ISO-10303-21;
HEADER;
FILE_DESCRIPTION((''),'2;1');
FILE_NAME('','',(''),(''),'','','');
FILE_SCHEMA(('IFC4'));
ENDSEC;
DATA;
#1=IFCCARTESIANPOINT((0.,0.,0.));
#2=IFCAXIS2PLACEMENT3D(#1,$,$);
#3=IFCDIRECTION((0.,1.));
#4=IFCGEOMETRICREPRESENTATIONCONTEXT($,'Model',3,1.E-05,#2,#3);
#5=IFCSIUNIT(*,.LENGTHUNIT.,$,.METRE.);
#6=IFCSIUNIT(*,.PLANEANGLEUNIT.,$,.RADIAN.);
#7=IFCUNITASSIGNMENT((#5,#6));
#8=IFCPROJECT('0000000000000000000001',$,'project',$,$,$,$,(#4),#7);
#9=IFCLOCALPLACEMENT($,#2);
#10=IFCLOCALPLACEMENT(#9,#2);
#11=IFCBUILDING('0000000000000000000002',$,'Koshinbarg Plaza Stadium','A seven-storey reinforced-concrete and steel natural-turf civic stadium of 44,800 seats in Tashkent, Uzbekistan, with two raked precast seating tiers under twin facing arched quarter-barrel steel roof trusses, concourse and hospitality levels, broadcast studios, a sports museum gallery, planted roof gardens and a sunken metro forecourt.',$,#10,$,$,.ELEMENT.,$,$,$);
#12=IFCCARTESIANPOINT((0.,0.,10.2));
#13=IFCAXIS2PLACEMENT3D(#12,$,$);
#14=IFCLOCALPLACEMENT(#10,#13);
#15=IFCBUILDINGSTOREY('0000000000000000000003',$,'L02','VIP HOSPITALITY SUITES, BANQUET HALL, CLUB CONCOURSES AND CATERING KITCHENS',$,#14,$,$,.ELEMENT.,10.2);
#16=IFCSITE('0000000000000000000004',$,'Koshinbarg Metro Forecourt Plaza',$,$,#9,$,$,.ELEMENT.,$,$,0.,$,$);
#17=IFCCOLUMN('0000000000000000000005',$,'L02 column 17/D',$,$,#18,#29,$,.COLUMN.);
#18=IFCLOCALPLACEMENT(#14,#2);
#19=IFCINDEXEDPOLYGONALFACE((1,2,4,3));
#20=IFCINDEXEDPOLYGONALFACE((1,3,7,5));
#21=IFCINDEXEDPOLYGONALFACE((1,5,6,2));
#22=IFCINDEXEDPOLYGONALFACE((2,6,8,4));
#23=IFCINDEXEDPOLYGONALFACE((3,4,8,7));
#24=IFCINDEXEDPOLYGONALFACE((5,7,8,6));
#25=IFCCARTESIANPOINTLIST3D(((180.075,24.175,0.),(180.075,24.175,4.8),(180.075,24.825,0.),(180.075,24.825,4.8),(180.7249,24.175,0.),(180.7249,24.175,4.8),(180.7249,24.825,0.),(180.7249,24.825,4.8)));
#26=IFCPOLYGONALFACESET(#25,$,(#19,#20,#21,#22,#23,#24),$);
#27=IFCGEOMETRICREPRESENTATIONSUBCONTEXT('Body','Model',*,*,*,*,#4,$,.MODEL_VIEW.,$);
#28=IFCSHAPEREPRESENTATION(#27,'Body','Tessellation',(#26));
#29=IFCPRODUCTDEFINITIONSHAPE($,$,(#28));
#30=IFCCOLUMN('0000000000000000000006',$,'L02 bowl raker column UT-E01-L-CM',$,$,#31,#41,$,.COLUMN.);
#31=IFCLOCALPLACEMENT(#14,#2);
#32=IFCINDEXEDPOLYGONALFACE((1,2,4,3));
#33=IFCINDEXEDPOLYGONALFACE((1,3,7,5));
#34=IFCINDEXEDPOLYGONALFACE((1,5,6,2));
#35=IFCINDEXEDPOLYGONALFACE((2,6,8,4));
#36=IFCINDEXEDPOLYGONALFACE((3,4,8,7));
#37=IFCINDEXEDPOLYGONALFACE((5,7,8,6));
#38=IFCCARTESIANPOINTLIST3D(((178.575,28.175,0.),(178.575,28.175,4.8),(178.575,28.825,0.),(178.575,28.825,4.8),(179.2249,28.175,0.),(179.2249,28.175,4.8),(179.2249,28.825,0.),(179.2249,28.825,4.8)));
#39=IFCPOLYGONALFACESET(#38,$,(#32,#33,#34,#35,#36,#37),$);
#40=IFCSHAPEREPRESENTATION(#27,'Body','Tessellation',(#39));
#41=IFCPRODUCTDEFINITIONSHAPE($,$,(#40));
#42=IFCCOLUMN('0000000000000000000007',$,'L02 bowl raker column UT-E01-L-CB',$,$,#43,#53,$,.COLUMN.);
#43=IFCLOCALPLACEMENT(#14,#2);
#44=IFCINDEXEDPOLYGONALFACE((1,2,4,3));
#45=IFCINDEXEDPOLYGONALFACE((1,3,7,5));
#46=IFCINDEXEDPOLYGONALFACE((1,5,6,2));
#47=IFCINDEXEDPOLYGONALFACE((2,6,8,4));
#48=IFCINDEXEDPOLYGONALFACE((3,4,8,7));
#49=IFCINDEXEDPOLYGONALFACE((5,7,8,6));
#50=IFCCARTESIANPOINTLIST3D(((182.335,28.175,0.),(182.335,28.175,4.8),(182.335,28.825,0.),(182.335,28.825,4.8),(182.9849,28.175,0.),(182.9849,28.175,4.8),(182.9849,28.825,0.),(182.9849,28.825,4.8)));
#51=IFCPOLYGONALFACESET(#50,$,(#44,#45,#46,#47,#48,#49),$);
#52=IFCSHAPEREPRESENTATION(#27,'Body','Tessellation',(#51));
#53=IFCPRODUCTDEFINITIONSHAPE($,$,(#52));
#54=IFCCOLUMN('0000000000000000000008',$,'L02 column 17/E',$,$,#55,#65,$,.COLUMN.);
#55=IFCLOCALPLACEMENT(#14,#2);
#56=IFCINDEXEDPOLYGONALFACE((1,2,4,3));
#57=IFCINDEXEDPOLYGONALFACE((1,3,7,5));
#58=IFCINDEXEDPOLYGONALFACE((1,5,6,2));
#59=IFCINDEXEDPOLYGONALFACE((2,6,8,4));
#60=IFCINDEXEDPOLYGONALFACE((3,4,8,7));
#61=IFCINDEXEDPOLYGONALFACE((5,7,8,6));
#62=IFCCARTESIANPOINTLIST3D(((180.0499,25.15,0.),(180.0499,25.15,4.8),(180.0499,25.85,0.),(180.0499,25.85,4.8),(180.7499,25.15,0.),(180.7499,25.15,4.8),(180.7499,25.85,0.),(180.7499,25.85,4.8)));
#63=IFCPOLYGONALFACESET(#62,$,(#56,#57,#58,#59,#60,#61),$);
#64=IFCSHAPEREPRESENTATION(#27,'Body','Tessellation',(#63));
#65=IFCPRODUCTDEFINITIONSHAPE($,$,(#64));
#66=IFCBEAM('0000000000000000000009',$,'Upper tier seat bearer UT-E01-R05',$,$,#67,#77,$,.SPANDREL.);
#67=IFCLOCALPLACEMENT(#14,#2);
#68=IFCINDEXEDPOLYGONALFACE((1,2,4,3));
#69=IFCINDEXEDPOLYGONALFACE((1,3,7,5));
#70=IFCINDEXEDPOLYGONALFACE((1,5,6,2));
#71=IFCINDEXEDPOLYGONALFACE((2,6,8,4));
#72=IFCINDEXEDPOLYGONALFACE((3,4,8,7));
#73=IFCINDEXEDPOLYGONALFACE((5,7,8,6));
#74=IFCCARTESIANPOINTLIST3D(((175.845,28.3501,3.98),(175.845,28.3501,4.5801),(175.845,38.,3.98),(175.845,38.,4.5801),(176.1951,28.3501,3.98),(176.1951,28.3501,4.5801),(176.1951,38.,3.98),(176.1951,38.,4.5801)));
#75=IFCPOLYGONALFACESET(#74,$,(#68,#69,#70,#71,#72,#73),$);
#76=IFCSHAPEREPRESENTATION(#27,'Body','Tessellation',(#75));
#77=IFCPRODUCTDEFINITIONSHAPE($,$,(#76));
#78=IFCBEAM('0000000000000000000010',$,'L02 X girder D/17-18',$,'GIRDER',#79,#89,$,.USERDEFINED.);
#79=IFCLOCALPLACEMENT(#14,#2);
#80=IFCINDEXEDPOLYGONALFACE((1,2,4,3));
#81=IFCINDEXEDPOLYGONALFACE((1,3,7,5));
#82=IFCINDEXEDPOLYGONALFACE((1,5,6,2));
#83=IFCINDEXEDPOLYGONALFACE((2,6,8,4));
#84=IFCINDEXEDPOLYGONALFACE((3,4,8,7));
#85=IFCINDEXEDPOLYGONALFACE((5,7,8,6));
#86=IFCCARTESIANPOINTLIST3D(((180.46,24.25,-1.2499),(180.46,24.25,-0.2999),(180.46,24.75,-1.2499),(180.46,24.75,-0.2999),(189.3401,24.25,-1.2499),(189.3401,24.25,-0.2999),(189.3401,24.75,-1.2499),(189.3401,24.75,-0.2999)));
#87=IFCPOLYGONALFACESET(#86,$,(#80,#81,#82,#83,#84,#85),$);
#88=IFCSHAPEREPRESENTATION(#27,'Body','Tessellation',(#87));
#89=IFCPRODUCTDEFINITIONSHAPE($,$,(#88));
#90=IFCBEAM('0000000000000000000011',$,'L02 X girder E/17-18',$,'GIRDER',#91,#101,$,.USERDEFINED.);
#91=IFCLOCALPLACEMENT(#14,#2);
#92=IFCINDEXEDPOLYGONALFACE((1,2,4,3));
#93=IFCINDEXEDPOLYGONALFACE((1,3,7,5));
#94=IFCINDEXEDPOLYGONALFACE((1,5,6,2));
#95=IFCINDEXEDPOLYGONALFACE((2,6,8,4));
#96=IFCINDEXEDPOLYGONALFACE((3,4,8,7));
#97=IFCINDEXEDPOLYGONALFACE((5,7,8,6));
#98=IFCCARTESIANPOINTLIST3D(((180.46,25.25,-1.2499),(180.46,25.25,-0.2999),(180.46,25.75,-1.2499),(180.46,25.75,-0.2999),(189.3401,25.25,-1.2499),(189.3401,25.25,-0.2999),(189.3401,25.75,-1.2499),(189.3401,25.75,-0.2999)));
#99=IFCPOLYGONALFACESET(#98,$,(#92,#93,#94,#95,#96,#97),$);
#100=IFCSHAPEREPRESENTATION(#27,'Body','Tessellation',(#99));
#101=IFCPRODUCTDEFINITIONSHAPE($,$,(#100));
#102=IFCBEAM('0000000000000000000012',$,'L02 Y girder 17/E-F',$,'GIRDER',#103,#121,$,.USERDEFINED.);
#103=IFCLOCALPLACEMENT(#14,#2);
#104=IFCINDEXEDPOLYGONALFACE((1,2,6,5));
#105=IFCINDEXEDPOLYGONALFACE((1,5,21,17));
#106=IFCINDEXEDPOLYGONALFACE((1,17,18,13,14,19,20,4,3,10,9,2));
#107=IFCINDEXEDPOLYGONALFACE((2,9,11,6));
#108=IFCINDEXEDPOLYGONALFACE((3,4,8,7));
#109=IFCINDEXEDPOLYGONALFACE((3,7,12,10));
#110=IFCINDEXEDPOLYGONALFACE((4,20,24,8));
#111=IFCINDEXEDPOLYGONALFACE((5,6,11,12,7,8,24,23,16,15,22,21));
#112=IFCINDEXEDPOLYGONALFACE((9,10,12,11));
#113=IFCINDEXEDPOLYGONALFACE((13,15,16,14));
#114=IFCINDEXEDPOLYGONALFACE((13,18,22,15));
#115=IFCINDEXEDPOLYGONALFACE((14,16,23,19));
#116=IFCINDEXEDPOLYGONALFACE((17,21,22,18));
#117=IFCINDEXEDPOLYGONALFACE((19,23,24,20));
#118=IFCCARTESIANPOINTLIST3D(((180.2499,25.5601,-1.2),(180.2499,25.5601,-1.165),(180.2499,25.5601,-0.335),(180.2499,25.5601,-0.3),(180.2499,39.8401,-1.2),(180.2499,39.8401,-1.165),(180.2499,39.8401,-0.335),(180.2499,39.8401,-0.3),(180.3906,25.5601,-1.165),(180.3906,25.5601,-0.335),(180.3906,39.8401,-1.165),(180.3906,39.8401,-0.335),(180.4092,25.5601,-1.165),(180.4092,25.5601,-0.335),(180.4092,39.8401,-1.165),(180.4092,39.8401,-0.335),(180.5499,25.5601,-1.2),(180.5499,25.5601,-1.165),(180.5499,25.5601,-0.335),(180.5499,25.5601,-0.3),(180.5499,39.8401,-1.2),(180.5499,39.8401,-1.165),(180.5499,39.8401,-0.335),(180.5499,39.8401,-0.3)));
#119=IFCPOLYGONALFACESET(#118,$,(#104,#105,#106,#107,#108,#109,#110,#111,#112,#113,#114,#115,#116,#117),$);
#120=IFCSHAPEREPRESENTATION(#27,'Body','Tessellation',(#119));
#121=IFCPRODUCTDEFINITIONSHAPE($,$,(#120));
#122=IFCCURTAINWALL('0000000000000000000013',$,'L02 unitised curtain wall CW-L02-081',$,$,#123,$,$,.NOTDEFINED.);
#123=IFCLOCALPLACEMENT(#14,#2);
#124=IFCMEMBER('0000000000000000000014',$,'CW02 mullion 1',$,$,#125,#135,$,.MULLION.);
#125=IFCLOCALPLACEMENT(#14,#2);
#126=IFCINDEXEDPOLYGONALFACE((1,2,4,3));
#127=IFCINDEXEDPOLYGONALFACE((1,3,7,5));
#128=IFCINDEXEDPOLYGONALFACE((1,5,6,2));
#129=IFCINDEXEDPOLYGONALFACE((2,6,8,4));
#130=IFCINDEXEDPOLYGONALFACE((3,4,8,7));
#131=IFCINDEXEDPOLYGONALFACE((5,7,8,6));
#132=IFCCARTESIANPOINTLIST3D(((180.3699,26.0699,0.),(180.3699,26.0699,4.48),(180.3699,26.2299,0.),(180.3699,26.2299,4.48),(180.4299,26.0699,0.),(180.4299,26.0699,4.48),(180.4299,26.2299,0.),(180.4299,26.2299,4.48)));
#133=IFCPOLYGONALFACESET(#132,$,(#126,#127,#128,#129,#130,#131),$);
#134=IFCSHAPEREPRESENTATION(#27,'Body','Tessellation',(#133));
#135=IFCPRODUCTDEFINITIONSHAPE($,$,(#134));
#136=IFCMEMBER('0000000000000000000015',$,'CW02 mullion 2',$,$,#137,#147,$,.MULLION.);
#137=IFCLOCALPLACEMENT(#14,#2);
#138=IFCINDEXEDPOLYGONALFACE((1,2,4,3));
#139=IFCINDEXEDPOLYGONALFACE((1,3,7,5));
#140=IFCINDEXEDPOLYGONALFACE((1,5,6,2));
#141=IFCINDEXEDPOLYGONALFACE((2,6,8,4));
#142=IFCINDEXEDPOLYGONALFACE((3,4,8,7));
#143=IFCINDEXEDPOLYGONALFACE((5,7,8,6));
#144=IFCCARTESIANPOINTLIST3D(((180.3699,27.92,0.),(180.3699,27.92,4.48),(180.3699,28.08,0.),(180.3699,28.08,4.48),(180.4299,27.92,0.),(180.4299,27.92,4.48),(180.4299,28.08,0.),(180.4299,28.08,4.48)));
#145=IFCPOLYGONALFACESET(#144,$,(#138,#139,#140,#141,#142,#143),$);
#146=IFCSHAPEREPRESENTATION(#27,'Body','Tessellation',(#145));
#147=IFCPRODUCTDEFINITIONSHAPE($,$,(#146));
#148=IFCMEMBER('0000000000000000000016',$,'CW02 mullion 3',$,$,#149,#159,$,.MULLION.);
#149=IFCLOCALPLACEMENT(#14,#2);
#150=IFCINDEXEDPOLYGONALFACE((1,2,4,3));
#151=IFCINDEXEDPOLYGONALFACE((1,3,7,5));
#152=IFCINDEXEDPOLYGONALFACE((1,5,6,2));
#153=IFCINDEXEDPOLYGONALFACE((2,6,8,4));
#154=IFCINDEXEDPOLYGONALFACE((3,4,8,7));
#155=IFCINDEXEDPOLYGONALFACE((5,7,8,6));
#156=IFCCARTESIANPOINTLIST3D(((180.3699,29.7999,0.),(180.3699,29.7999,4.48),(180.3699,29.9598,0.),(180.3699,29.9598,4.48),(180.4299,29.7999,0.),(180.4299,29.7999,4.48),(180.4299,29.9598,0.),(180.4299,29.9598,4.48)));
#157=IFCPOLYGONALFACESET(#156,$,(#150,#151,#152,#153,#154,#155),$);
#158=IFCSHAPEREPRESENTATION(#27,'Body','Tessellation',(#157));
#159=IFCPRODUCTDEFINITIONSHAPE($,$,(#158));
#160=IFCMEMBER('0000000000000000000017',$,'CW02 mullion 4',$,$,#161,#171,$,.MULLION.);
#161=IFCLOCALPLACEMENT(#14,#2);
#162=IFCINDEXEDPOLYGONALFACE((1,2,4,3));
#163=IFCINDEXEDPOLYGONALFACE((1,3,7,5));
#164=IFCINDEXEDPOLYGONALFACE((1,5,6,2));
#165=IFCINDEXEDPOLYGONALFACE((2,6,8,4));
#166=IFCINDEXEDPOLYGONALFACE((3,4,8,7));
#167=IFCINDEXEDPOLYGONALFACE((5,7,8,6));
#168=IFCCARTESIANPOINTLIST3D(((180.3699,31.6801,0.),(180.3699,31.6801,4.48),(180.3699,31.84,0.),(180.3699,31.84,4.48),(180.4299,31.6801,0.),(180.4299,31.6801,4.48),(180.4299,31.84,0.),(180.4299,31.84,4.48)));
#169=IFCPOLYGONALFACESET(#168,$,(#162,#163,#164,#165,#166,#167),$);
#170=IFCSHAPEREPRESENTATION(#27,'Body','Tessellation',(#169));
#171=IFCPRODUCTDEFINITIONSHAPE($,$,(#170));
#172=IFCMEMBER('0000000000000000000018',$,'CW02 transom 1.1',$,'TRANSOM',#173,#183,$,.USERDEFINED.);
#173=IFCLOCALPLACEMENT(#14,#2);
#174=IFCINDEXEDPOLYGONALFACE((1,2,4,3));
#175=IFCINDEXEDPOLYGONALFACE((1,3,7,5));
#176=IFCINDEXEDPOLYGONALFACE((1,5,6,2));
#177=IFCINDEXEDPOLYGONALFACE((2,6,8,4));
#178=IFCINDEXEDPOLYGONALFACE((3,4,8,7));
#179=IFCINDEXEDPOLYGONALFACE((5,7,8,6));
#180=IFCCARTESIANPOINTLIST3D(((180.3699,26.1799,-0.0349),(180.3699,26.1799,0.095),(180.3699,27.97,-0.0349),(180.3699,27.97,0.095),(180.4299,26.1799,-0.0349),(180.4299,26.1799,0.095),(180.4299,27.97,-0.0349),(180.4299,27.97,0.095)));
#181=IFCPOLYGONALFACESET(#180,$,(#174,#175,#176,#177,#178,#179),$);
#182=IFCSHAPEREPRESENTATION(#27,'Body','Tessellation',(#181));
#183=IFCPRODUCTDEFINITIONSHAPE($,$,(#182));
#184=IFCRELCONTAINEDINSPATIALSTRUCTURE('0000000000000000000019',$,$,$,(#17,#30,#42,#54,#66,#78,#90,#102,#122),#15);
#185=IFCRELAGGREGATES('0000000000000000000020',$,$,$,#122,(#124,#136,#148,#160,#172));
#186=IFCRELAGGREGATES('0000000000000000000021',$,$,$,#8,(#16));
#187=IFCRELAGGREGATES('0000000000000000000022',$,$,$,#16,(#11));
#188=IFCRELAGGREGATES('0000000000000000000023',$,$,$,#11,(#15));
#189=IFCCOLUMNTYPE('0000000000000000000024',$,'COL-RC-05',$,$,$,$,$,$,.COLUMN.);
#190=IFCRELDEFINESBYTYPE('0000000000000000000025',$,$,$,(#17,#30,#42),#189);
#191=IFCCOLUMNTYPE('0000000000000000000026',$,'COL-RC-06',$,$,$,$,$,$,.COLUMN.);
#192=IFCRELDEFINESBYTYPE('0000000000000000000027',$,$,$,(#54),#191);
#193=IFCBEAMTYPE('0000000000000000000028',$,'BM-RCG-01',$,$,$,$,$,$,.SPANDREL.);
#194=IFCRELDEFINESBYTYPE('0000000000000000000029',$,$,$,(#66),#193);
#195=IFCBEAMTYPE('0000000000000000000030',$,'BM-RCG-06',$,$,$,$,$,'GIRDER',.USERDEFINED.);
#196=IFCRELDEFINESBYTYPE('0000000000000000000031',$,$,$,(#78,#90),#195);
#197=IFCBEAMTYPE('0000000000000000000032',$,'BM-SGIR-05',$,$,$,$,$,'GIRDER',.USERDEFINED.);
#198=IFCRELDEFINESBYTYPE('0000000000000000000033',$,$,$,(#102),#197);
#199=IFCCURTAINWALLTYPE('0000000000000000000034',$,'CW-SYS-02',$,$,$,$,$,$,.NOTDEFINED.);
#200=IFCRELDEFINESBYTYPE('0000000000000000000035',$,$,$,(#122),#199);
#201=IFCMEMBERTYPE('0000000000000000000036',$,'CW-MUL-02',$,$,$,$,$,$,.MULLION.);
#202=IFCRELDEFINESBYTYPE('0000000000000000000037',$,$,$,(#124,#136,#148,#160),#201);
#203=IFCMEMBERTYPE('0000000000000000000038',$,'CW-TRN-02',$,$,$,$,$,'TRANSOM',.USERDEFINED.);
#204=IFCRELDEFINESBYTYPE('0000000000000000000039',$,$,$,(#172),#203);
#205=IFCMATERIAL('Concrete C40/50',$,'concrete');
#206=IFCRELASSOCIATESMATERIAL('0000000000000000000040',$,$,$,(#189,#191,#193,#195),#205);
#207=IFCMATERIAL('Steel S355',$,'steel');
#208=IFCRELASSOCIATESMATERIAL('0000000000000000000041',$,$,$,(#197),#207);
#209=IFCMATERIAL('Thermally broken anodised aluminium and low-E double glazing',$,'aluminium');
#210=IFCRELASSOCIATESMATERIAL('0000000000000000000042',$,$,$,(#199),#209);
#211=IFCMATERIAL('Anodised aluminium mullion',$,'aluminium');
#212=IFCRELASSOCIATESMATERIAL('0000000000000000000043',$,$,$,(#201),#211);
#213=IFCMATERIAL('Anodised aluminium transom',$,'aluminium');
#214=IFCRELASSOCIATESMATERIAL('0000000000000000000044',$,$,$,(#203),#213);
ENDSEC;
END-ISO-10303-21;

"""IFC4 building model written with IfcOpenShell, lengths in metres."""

from ifc_helpers import new_model, si_unit, direction, frame, origin, origin_2d, place, context, subcontext, project, spatial, rectangle, i_section, extrude, material, material_profile, profile_set, type_object, element, aggregate, save


model = new_model("IFC4")

# Units and contexts
model_context = context("Model", 3, precision=1e-05, world=origin(), true_north=direction((0.0, 1.0)))
body_context = subcontext(model_context, "Body", "Model", "MODEL_VIEW")
ifc_project = project(units=[si_unit("LENGTHUNIT", "METRE"), si_unit("PLANEANGLEUNIT", "RADIAN")], contexts=[model_context])

# Site, building, storey
site_placement = place(None, origin())
site = spatial("IfcSite", under=ifc_project, at=site_placement, Name="Koshinbarg Metro Forecourt Plaza", CompositionType="ELEMENT", RefElevation=0.0)
building_placement = place(site_placement, origin())
building = spatial("IfcBuilding", under=site, at=building_placement, Name="Koshinbarg Plaza Stadium", Description="A seven-storey reinforced-concrete and steel natural-turf civic stadium of 44,800 seats in Tashkent, Uzbekistan, with two raked precast seating tiers under twin facing arched quarter-barrel steel roof trusses, concourse and hospitality levels, broadcast studios, a sports museum gallery, planted roof gardens and a sunken metro forecourt.", CompositionType="ELEMENT")
storey_placement = place(building_placement, frame((0.0, 0.0, 10.2)))
storey = spatial("IfcBuildingStorey", under=building, at=storey_placement, Name="L02", Description="VIP HOSPITALITY SUITES, BANQUET HALL, CLUB CONCOURSES AND CATERING KITCHENS", CompositionType="ELEMENT", Elevation=10.2)

# Columns
ifc_material_1 = material(Name="Concrete C40/50", Category="concrete")
ifc_material_profile_1 = material_profile(ifc_material_1, rectangle(XDim=0.6499, YDim=0.6499, at=origin_2d()), Name="RC 650x650")
ifc_profile_set_1 = profile_set([ifc_material_profile_1], Name="Concrete C40/50")
column_type_1 = type_object("IfcColumnType", Name="COL-RC-05", PredefinedType="COLUMN", material=ifc_profile_set_1)
for number, where, z_axis, x_axis, name in (
    (1, (180.3999, 24.5, 0.0), (0.0, 0.0, 1.0), (1.0, 0.0, 0.0), "L02 column 17/D"),
    (2, (178.8999, 28.5, 0.0), (0.0, 0.0, 1.0), (1.0, 0.0, 0.0), "L02 bowl raker column UT-E01-L-CM"),
    (3, (182.6599, 28.5, 0.0), (0.0, 0.0, 1.0), (1.0, 0.0, 0.0), "L02 bowl raker column UT-E01-L-CB"),
):
    element("IfcColumn", number, at=place(storey_placement, frame(where, z_axis=z_axis, x_axis=x_axis)), inside=storey, type_object=column_type_1, Name=name, PredefinedType="COLUMN", context=body_context, shape_type="SweptSolid", body=[
        extrude(rectangle(XDim=0.6499, YDim=0.6499, at=origin_2d()), origin(), (0.0, 0.0, 1.0), 4.8),
    ])
ifc_material_profile_2 = material_profile(ifc_material_1, rectangle(XDim=0.7, YDim=0.7, at=origin_2d()), Name="RC 700x700")
ifc_profile_set_2 = profile_set([ifc_material_profile_2], Name="Concrete C40/50")
column_type_2 = type_object("IfcColumnType", Name="COL-RC-06", PredefinedType="COLUMN", material=ifc_profile_set_2)
column_placement = place(storey_placement, frame((180.3999, 25.5, 0.0), z_axis=(0.0, 0.0, 1.0), x_axis=(1.0, 0.0, 0.0)))
element("IfcColumn", 4, at=column_placement, inside=storey, type_object=column_type_2, Name="L02 column 17/E", PredefinedType="COLUMN", context=body_context, shape_type="SweptSolid", body=[
    extrude(rectangle(XDim=0.7, YDim=0.7, at=origin_2d()), origin(), (0.0, 0.0, 1.0), 4.8),
])

# Beams
ifc_material_profile_3 = material_profile(ifc_material_1, rectangle(XDim=0.3501, YDim=0.6001, at=origin_2d()), Name="RC 350x600")
ifc_profile_set_3 = profile_set([ifc_material_profile_3], Name="Concrete C40/50")
beam_type_1 = type_object("IfcBeamType", Name="BM-RCG-01", PredefinedType="SPANDREL", material=ifc_profile_set_3)
beam_1_placement = place(storey_placement, frame((176.02, 28.3501, 4.28), z_axis=(0.0, 1.0, 0.0), x_axis=(-1.0, 0.0, 0.0)))
element("IfcBeam", 5, at=beam_1_placement, inside=storey, type_object=beam_type_1, Name="Upper tier seat bearer UT-E01-R05", PredefinedType="SPANDREL", context=body_context, shape_type="SweptSolid", body=[
    extrude(rectangle(XDim=0.3501, YDim=0.6001, at=origin_2d()), origin(), (0.0, 0.0, 1.0), 9.6499),
])
ifc_material_profile_4 = material_profile(ifc_material_1, rectangle(XDim=0.5, YDim=0.95, at=origin_2d()), Name="RC 500x950")
ifc_profile_set_4 = profile_set([ifc_material_profile_4], Name="Concrete C40/50")
beam_type_2 = type_object("IfcBeamType", Name="BM-RCG-06", ElementType="GIRDER", PredefinedType="USERDEFINED", material=ifc_profile_set_4)
for number, where, z_axis, x_axis, name in (
    (6, (180.46, 24.5, -0.7749), (1.0, 0.0, 0.0), (0.0, 1.0, 0.0), "L02 X girder D/17-18"),
    (7, (180.46, 25.5, -0.7749), (1.0, 0.0, 0.0), (0.0, 1.0, 0.0), "L02 X girder E/17-18"),
):
    element("IfcBeam", number, at=place(storey_placement, frame(where, z_axis=z_axis, x_axis=x_axis)), inside=storey, type_object=beam_type_2, Name=name, ObjectType="GIRDER", PredefinedType="USERDEFINED", context=body_context, shape_type="SweptSolid", body=[
        extrude(rectangle(XDim=0.5, YDim=0.95, at=origin_2d()), origin(), (0.0, 0.0, 1.0), 8.8801),
    ])
ifc_material_2 = material(Name="Steel S355", Category="steel")
ifc_material_profile_5 = material_profile(ifc_material_2, i_section(OverallWidth=0.3, OverallDepth=0.8999, WebThickness=0.0186, FlangeThickness=0.0349, at=origin_2d()), Name="HEB 900")
ifc_profile_set_5 = profile_set([ifc_material_profile_5], Name="Steel S355")
beam_type_3 = type_object("IfcBeamType", Name="BM-SGIR-05", ElementType="GIRDER", PredefinedType="USERDEFINED", material=ifc_profile_set_5)
beam_2_placement = place(storey_placement, frame((180.3999, 25.5601, -0.75), z_axis=(0.0, 1.0, 0.0), x_axis=(-1.0, 0.0, 0.0)))
element("IfcBeam", 8, at=beam_2_placement, inside=storey, type_object=beam_type_3, Name="L02 Y girder 17/E-F", ObjectType="GIRDER", PredefinedType="USERDEFINED", context=body_context, shape_type="SweptSolid", body=[
    extrude(i_section(OverallWidth=0.3, OverallDepth=0.8999, WebThickness=0.0186, FlangeThickness=0.0349, at=origin_2d()), origin(), (0.0, 0.0, 1.0), 14.28),
])

# Curtain wall, members
ifc_material_3 = material(Name="Thermally broken anodised aluminium and low-E double glazing", Category="aluminium")
curtain_wall_type = type_object("IfcCurtainWallType", Name="CW-SYS-02", PredefinedType="NOTDEFINED", material=ifc_material_3)
curtain_wall_placement = place(storey_placement, origin())
curtain_wall = element("IfcCurtainWall", 9, at=curtain_wall_placement, inside=storey, type_object=curtain_wall_type, Name="L02 unitised curtain wall CW-L02-081", PredefinedType="NOTDEFINED")
ifc_material_4 = material(Name="Anodised aluminium mullion", Category="aluminium")
ifc_material_profile_6 = material_profile(ifc_material_4, rectangle(XDim=0.0601, YDim=0.1599, at=origin_2d()), Name="ALU 60x160")
ifc_profile_set_6 = profile_set([ifc_material_profile_6], Name="Anodised aluminium mullion")
member_type_1 = type_object("IfcMemberType", Name="CW-MUL-02", PredefinedType="MULLION", material=ifc_profile_set_6)
member_1_placement = place(storey_placement, frame((180.3999, 26.1499, 0.0), z_axis=(0.0, 0.0, 1.0), x_axis=(-1.0, 0.0, 0.0)))
member_1 = element("IfcMember", 10, at=member_1_placement, type_object=member_type_1, Name="CW02 mullion 1", PredefinedType="MULLION", context=body_context, shape_type="SweptSolid", body=[
    extrude(rectangle(XDim=0.0601, YDim=0.1599, at=origin_2d()), origin(), (0.0, 0.0, 1.0), 4.48),
])
member_2_placement = place(storey_placement, frame((180.3999, 28.0, 0.0), z_axis=(0.0, 0.0, 1.0), x_axis=(-1.0, 0.0, 0.0)))
member_2 = element("IfcMember", 11, at=member_2_placement, type_object=member_type_1, Name="CW02 mullion 2", PredefinedType="MULLION", context=body_context, shape_type="SweptSolid", body=[
    extrude(rectangle(XDim=0.0601, YDim=0.1599, at=origin_2d()), origin(), (0.0, 0.0, 1.0), 4.48),
])
member_3_placement = place(storey_placement, frame((180.3999, 29.8799, 0.0), z_axis=(0.0, 0.0, 1.0), x_axis=(-1.0, 0.0, 0.0)))
member_3 = element("IfcMember", 12, at=member_3_placement, type_object=member_type_1, Name="CW02 mullion 3", PredefinedType="MULLION", context=body_context, shape_type="SweptSolid", body=[
    extrude(rectangle(XDim=0.0601, YDim=0.1599, at=origin_2d()), origin(), (0.0, 0.0, 1.0), 4.48),
])
member_4_placement = place(storey_placement, frame((180.3999, 31.76, 0.0), z_axis=(0.0, 0.0, 1.0), x_axis=(-1.0, 0.0, 0.0)))
member_4 = element("IfcMember", 13, at=member_4_placement, type_object=member_type_1, Name="CW02 mullion 4", PredefinedType="MULLION", context=body_context, shape_type="SweptSolid", body=[
    extrude(rectangle(XDim=0.0601, YDim=0.1599, at=origin_2d()), origin(), (0.0, 0.0, 1.0), 4.48),
])
ifc_material_5 = material(Name="Anodised aluminium transom", Category="aluminium")
ifc_material_profile_7 = material_profile(ifc_material_5, rectangle(XDim=0.0601, YDim=0.1299, at=origin_2d()), Name="ALU 60x130")
ifc_profile_set_7 = profile_set([ifc_material_profile_7], Name="Anodised aluminium transom")
member_type_2 = type_object("IfcMemberType", Name="CW-TRN-02", ElementType="TRANSOM", PredefinedType="USERDEFINED", material=ifc_profile_set_7)
member_5_placement = place(storey_placement, frame((180.3999, 26.1799, 0.03), z_axis=(0.0, 1.0, 0.0), x_axis=(-1.0, 0.0, 0.0)))
member_5 = element("IfcMember", 14, at=member_5_placement, type_object=member_type_2, Name="CW02 transom 1.1", ObjectType="TRANSOM", PredefinedType="USERDEFINED", context=body_context, shape_type="SweptSolid", body=[
    extrude(rectangle(XDim=0.0601, YDim=0.1299, at=origin_2d()), origin(), (0.0, 0.0, 1.0), 1.79),
])
aggregate(curtain_wall, [member_1, member_2, member_3, member_4, member_5])

save(model, "model.ifc")
